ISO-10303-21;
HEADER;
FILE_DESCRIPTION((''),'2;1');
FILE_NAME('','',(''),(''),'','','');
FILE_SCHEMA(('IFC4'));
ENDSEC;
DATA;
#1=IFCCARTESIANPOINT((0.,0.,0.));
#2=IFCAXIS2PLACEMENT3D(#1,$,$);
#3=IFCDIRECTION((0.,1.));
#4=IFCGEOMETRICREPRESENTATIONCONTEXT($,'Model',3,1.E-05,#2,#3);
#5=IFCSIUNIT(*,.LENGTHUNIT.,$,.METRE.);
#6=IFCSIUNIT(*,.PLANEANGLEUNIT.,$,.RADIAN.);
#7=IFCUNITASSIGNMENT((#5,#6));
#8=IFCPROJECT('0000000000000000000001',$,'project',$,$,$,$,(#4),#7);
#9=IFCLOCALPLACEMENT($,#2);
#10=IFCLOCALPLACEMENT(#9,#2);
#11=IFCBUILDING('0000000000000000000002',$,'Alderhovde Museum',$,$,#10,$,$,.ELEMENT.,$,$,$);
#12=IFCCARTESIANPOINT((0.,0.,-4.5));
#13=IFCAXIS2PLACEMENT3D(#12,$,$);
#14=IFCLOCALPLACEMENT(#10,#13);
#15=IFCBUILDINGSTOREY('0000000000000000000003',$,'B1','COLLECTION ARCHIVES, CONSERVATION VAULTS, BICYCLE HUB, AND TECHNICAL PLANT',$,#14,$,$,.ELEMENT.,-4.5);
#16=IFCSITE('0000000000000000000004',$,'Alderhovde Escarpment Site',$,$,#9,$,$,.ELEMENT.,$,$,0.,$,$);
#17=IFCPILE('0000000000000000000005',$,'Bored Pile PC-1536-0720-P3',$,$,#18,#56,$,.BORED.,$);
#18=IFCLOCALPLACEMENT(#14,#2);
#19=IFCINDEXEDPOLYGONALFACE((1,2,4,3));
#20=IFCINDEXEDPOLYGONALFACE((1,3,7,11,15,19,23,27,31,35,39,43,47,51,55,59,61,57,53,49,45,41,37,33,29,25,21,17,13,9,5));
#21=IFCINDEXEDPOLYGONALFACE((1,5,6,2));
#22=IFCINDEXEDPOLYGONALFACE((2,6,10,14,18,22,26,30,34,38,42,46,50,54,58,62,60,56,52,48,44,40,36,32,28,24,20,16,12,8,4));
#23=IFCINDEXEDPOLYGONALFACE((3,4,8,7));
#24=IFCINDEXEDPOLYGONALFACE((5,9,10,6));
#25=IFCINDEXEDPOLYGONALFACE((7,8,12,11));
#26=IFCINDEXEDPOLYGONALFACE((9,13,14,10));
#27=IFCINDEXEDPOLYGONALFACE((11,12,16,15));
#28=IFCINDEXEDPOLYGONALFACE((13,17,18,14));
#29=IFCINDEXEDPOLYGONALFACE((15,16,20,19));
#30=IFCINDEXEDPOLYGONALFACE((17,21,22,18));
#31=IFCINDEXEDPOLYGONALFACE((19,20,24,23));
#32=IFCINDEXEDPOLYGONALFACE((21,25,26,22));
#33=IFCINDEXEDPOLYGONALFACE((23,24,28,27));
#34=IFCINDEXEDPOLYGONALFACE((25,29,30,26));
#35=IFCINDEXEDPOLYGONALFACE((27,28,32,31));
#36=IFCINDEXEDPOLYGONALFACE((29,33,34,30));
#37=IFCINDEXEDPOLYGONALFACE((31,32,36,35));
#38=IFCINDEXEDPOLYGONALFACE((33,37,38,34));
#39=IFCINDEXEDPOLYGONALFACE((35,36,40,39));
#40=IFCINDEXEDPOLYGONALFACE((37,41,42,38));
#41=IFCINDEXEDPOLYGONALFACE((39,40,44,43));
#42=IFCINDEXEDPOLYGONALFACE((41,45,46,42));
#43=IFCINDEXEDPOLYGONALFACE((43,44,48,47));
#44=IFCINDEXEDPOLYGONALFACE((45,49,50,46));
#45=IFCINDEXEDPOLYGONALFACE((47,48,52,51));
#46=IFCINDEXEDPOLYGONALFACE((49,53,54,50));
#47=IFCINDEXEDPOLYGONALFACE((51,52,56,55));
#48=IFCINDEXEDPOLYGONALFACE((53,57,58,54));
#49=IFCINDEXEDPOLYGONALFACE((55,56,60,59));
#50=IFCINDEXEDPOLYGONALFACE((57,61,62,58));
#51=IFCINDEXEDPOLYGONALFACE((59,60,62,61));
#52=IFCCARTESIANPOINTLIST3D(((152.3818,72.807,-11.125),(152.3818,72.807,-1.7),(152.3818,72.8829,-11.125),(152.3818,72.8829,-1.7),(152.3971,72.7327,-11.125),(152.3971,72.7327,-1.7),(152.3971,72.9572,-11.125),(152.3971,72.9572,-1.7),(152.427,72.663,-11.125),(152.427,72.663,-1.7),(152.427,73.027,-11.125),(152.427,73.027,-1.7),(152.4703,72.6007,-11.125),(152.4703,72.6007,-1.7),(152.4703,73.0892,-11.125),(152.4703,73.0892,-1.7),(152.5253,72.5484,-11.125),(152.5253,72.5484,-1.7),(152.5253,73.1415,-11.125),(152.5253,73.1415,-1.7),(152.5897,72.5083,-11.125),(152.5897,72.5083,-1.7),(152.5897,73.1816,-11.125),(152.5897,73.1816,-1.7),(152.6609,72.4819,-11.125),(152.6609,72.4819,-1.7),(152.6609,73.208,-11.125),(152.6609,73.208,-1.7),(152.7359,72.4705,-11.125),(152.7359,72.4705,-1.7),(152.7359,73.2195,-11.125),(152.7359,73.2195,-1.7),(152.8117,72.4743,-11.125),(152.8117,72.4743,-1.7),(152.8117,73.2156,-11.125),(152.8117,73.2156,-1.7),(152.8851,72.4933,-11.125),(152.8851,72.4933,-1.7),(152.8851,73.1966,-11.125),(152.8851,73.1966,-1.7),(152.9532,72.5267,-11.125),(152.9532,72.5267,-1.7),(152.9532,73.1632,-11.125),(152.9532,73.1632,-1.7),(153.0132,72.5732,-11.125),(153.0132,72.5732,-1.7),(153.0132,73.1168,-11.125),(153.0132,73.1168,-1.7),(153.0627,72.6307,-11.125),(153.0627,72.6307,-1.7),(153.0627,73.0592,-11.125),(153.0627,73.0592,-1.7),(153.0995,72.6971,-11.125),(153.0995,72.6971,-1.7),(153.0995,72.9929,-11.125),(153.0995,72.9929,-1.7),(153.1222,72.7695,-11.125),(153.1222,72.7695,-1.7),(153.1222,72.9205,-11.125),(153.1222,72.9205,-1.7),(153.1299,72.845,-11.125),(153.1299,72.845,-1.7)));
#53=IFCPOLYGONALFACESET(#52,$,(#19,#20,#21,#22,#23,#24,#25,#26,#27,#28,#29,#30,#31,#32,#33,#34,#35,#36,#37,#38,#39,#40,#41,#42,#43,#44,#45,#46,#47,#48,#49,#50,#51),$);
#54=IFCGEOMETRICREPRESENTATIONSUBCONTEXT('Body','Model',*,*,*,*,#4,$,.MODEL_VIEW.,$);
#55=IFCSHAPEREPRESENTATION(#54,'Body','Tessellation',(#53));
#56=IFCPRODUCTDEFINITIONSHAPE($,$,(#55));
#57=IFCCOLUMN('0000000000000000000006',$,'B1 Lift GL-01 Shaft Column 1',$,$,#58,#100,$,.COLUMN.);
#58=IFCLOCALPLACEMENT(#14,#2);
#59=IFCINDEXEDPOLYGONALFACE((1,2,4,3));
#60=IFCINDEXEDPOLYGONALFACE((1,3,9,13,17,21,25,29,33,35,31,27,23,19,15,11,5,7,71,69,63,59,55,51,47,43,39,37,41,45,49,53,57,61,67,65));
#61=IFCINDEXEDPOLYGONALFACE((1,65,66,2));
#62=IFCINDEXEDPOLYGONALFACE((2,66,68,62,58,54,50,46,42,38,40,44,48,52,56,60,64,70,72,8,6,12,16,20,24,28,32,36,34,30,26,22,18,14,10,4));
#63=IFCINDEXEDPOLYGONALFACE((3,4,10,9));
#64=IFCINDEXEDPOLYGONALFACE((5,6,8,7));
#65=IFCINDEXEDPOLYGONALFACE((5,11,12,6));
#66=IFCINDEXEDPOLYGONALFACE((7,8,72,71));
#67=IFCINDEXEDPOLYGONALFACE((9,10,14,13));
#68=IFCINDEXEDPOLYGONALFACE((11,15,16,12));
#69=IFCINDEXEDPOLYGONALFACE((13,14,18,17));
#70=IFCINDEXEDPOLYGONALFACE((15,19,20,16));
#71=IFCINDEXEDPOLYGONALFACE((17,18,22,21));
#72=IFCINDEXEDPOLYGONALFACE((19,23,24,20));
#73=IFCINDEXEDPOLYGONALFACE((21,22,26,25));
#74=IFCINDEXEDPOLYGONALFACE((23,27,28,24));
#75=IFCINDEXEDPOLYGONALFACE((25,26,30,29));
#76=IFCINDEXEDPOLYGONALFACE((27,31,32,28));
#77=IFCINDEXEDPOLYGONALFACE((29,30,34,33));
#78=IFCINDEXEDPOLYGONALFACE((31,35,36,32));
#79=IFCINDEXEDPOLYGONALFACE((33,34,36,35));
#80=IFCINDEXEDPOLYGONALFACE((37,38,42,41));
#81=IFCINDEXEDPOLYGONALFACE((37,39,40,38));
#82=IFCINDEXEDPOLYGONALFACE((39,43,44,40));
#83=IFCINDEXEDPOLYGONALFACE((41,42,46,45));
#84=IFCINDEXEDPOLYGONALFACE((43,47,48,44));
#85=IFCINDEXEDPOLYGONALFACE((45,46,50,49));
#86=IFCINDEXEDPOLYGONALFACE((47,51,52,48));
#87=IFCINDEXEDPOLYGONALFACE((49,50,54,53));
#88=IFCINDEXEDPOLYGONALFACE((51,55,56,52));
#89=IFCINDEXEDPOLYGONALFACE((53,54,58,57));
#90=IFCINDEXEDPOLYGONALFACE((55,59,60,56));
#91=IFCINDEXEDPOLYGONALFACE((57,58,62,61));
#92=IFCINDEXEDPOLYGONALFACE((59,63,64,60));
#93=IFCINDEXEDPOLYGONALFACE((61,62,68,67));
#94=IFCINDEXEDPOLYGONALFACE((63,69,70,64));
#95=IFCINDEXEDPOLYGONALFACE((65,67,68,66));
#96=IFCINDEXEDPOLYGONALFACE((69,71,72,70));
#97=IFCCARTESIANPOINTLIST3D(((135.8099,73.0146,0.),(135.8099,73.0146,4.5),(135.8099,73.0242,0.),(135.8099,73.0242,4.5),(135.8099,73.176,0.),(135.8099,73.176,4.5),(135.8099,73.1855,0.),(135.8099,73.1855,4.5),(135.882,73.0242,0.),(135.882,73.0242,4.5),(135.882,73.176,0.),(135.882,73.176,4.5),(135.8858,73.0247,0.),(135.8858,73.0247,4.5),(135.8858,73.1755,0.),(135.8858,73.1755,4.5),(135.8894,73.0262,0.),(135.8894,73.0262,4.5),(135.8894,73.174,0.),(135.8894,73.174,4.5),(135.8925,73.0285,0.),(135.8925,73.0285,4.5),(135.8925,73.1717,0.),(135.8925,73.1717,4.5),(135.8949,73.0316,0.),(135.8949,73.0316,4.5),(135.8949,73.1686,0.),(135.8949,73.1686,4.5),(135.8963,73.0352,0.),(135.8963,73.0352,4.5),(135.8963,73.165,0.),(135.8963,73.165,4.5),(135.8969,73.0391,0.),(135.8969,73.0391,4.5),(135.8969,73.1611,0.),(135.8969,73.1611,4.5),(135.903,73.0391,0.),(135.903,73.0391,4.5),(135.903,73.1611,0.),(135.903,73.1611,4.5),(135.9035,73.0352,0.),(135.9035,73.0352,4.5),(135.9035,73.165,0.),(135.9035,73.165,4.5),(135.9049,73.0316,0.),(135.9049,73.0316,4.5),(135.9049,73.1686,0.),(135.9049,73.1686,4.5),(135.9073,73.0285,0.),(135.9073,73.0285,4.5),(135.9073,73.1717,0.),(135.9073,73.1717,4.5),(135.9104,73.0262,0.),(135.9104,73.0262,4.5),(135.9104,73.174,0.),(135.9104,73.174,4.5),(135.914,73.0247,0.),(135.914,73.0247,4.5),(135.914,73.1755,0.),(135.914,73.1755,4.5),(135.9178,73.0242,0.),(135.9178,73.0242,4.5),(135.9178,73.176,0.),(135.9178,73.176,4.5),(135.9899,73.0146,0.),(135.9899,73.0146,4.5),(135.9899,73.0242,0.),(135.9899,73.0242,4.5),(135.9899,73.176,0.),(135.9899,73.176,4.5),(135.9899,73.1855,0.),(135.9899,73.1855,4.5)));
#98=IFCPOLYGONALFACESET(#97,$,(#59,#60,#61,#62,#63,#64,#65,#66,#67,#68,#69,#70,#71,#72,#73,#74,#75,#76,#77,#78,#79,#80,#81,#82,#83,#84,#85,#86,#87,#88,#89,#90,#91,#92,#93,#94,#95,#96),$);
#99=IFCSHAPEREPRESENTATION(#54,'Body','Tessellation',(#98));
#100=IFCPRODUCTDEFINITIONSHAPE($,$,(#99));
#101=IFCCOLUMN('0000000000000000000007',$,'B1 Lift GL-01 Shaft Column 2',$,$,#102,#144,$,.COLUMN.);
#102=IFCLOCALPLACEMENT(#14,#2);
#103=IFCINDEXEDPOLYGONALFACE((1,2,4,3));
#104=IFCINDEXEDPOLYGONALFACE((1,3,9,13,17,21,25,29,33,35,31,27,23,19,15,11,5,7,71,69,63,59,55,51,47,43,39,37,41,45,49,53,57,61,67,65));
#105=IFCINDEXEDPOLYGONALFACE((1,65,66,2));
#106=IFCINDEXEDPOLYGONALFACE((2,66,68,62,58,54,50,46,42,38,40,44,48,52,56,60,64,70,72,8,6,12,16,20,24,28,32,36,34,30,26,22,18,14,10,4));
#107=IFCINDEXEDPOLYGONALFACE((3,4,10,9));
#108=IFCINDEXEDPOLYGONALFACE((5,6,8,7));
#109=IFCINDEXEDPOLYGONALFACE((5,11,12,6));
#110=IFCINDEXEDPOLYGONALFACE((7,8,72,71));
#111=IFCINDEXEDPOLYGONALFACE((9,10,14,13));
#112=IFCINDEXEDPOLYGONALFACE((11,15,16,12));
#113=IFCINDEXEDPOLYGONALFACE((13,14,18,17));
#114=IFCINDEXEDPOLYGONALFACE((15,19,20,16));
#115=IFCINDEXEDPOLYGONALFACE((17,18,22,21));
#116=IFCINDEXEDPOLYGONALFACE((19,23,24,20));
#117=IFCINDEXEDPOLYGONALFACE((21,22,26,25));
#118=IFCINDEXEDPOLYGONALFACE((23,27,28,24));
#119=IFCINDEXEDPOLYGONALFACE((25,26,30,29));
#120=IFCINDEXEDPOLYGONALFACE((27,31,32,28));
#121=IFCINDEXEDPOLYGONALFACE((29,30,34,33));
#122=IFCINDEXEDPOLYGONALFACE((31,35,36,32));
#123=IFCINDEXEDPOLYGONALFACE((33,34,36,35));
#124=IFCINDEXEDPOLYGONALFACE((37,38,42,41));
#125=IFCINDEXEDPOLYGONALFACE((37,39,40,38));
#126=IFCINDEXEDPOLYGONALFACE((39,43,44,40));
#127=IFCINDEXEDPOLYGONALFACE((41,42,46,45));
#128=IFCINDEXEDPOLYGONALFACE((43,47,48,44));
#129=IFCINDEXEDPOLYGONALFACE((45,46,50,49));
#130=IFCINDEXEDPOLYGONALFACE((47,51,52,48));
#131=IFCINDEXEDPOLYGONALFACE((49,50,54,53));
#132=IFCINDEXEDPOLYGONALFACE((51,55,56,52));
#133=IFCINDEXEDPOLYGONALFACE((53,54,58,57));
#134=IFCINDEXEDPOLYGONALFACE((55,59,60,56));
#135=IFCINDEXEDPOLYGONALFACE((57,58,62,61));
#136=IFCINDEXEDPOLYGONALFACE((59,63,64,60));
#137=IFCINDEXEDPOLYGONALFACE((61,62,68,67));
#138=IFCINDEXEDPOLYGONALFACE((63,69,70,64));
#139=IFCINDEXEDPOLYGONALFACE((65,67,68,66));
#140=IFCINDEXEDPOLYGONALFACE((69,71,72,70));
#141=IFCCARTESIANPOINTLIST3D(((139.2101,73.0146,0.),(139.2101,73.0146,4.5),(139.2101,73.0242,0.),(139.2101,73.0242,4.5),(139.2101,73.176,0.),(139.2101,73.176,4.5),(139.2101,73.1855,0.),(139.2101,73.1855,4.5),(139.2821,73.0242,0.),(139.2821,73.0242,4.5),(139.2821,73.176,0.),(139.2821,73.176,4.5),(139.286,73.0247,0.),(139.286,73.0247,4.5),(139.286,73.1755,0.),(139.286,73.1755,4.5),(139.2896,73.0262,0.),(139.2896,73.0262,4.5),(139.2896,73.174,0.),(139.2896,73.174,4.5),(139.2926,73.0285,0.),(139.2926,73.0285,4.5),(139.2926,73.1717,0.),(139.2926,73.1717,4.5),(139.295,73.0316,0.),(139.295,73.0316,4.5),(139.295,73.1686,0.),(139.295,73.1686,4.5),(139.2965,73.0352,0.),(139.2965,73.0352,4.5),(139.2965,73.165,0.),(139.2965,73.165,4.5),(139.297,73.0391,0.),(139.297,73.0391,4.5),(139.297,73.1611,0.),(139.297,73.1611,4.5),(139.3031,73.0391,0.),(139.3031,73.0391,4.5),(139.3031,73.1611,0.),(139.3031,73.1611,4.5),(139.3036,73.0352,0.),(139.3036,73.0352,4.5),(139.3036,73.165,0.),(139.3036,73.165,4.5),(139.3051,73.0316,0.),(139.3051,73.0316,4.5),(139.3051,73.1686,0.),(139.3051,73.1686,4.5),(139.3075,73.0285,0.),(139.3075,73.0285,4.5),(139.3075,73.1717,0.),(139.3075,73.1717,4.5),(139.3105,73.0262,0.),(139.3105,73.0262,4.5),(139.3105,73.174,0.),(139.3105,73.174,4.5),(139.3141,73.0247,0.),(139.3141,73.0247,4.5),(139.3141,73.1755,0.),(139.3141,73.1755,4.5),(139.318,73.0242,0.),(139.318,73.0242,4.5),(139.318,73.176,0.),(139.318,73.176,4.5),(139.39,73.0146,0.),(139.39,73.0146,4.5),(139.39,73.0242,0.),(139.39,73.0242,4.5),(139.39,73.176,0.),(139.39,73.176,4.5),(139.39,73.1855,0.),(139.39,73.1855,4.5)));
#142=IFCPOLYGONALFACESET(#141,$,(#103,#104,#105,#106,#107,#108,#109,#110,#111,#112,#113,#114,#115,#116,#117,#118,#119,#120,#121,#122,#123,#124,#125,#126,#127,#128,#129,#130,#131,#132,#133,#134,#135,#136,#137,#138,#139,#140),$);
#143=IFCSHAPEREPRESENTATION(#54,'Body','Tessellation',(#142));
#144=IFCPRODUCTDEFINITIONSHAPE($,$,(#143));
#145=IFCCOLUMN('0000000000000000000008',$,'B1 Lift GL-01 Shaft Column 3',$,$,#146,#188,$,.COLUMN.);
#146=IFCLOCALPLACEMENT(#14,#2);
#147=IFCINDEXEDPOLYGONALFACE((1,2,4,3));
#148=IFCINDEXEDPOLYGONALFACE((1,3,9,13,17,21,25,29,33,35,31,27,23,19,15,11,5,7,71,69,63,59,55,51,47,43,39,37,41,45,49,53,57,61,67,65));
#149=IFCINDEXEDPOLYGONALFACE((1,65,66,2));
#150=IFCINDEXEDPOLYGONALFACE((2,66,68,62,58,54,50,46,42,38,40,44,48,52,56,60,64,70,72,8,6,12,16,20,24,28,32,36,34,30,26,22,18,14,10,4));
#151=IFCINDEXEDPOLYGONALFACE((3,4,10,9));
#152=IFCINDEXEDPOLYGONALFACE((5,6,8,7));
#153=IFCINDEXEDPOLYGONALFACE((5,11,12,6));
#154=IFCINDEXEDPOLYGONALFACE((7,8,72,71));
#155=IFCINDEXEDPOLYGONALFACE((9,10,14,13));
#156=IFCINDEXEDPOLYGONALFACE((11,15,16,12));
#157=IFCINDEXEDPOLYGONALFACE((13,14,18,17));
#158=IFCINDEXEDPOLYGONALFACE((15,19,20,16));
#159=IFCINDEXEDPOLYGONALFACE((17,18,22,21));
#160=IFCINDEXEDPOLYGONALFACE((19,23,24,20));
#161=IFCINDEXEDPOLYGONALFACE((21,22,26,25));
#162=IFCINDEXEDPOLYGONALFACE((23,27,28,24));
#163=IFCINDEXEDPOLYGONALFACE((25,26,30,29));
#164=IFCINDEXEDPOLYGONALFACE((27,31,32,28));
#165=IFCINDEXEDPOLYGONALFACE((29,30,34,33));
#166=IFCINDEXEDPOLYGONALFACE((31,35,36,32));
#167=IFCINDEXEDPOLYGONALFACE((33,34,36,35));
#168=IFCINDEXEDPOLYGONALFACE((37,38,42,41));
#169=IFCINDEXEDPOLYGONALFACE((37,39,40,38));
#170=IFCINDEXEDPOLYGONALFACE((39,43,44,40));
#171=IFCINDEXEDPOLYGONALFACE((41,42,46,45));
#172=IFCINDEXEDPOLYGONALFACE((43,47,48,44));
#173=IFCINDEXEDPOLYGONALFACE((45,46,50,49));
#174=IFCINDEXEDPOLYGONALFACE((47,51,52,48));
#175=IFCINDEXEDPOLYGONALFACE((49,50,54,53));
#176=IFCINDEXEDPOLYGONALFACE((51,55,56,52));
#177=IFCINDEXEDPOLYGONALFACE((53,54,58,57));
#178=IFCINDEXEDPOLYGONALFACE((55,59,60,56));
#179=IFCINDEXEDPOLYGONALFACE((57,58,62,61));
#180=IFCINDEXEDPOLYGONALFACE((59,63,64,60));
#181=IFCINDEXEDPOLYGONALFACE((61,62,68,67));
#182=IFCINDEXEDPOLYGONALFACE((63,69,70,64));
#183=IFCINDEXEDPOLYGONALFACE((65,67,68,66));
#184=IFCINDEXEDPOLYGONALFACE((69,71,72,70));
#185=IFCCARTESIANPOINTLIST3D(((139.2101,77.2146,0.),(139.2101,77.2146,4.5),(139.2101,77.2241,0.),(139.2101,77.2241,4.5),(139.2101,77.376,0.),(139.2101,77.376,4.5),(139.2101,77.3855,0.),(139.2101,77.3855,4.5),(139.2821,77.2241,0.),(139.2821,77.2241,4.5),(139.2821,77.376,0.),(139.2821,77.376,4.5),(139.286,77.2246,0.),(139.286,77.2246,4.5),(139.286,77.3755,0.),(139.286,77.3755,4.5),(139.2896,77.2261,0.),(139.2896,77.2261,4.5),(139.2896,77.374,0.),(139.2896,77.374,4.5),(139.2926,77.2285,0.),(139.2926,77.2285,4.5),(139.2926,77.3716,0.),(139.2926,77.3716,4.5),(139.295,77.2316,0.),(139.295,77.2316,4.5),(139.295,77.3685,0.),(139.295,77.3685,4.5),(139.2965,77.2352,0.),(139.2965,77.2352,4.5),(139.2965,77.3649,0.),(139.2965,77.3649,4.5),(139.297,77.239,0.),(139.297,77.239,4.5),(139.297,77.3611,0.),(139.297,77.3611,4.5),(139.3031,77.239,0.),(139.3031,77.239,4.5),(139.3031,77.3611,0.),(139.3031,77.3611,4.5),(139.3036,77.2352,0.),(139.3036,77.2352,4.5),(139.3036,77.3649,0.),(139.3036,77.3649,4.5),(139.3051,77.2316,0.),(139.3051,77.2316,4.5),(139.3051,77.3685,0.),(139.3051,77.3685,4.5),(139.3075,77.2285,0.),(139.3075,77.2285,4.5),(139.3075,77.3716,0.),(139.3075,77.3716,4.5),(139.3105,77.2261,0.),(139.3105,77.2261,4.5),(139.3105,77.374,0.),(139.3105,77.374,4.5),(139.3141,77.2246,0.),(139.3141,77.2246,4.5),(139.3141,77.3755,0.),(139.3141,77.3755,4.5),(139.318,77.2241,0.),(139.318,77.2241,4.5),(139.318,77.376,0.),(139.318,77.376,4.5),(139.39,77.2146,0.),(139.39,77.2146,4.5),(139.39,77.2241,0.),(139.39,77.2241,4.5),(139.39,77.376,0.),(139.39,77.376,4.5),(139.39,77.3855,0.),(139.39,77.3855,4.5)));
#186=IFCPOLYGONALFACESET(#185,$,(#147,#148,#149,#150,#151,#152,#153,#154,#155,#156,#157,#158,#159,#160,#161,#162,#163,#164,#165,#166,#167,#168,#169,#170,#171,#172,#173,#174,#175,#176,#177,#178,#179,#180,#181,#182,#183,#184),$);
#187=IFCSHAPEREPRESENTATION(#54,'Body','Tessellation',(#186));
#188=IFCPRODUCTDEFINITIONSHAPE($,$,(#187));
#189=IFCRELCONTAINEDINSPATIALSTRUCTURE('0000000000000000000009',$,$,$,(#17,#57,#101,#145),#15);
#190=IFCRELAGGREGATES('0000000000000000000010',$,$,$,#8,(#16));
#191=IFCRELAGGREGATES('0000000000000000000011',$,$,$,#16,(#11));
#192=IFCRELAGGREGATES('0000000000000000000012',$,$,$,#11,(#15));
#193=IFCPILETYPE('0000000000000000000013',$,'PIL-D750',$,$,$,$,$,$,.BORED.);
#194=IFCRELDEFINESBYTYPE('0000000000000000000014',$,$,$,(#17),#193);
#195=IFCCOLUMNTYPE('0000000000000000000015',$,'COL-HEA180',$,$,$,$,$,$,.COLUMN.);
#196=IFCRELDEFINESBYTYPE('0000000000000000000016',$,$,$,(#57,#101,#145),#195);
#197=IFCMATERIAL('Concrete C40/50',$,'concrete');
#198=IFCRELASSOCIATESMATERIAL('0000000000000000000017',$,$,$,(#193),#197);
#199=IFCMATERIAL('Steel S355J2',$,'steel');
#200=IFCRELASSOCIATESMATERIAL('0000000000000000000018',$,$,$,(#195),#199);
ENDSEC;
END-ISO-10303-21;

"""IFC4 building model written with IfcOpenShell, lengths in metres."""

from ifc_helpers import new_model, si_unit, direction, frame, origin, origin_2d, place, context, subcontext, project, spatial, circle, i_section, extrude, material, material_profile, profile_set, type_object, element, save


model = new_model("IFC4")

# Units and contexts
model_context = context("Model", 3, precision=1e-05, world=origin(), true_north=direction((0.0, 1.0)))
body_context = subcontext(model_context, "Body", "Model", "MODEL_VIEW")
ifc_project = project(units=[si_unit("LENGTHUNIT", "METRE"), si_unit("PLANEANGLEUNIT", "RADIAN")], contexts=[model_context])

# Site, building, storey
site_placement = place(None, origin())
site = spatial("IfcSite", under=ifc_project, at=site_placement, Name="Alderhovde Escarpment Site", CompositionType="ELEMENT", RefElevation=0.0)
building_placement = place(site_placement, origin())
building = spatial("IfcBuilding", under=site, at=building_placement, Name="Alderhovde Museum", CompositionType="ELEMENT")
storey_placement = place(building_placement, frame((0.0, 0.0, -4.5)))
storey = spatial("IfcBuildingStorey", under=building, at=storey_placement, Name="B1", Description="COLLECTION ARCHIVES, CONSERVATION VAULTS, BICYCLE HUB, AND TECHNICAL PLANT", CompositionType="ELEMENT", Elevation=-4.5)

# Pile
ifc_material_1 = material(Name="Concrete C40/50", Category="concrete")
ifc_material_profile_1 = material_profile(ifc_material_1, circle(Radius=0.375, at=origin_2d()), Name="PILE-D750")
ifc_profile_set_1 = profile_set([ifc_material_profile_1], Name="Concrete C40/50")
pile_type_1 = type_object("IfcPileType", Name="PIL-D750", PredefinedType="BORED", material=ifc_profile_set_1)
pile_placement = place(storey_placement, frame((152.7549, 72.845, -1.7), z_axis=(0.0, 0.0, -1.0), x_axis=(1.0, 0.0, 0.0)))
element("IfcPile", 1, at=pile_placement, inside=storey, type_object=pile_type_1, Name="Bored Pile PC-1536-0720-P3", PredefinedType="BORED", context=body_context, shape_type="SweptSolid", body=[
    extrude(circle(Radius=0.375, at=origin_2d()), origin(), (0.0, 0.0, 1.0), 9.425),
])

# Columns
ifc_material_2 = material(Name="Steel S355J2", Category="steel")
ifc_material_profile_2 = material_profile(ifc_material_2, i_section(OverallWidth=0.1799, OverallDepth=0.1709, WebThickness=0.0061, FlangeThickness=0.0095, FilletRadius=0.0149, at=origin_2d()), Name="HEA 180")
ifc_profile_set_2 = profile_set([ifc_material_profile_2], Name="Steel S355J2")
column_type_1 = type_object("IfcColumnType", Name="COL-HEA180", PredefinedType="COLUMN", material=ifc_profile_set_2)
for number, where, z_axis, x_axis, name in (
    (2, (135.8999, 73.1001, 0.0), (0.0, 0.0, 1.0), (1.0, 0.0, 0.0), "B1 Lift GL-01 Shaft Column 1"),
    (3, (139.3, 73.1001, 0.0), (0.0, 0.0, 1.0), (1.0, 0.0, 0.0), "B1 Lift GL-01 Shaft Column 2"),
    (4, (139.3, 77.3, 0.0), (0.0, 0.0, 1.0), (1.0, 0.0, 0.0), "B1 Lift GL-01 Shaft Column 3"),
):
    element("IfcColumn", number, at=place(storey_placement, frame(where, z_axis=z_axis, x_axis=x_axis)), inside=storey, type_object=column_type_1, Name=name, PredefinedType="COLUMN", context=body_context, shape_type="SweptSolid", body=[
        extrude(i_section(OverallWidth=0.1799, OverallDepth=0.1709, WebThickness=0.0061, FlangeThickness=0.0095, FilletRadius=0.0149, at=origin_2d()), origin(), (0.0, 0.0, 1.0), 4.5),
    ])

save(model, "model.ifc")
